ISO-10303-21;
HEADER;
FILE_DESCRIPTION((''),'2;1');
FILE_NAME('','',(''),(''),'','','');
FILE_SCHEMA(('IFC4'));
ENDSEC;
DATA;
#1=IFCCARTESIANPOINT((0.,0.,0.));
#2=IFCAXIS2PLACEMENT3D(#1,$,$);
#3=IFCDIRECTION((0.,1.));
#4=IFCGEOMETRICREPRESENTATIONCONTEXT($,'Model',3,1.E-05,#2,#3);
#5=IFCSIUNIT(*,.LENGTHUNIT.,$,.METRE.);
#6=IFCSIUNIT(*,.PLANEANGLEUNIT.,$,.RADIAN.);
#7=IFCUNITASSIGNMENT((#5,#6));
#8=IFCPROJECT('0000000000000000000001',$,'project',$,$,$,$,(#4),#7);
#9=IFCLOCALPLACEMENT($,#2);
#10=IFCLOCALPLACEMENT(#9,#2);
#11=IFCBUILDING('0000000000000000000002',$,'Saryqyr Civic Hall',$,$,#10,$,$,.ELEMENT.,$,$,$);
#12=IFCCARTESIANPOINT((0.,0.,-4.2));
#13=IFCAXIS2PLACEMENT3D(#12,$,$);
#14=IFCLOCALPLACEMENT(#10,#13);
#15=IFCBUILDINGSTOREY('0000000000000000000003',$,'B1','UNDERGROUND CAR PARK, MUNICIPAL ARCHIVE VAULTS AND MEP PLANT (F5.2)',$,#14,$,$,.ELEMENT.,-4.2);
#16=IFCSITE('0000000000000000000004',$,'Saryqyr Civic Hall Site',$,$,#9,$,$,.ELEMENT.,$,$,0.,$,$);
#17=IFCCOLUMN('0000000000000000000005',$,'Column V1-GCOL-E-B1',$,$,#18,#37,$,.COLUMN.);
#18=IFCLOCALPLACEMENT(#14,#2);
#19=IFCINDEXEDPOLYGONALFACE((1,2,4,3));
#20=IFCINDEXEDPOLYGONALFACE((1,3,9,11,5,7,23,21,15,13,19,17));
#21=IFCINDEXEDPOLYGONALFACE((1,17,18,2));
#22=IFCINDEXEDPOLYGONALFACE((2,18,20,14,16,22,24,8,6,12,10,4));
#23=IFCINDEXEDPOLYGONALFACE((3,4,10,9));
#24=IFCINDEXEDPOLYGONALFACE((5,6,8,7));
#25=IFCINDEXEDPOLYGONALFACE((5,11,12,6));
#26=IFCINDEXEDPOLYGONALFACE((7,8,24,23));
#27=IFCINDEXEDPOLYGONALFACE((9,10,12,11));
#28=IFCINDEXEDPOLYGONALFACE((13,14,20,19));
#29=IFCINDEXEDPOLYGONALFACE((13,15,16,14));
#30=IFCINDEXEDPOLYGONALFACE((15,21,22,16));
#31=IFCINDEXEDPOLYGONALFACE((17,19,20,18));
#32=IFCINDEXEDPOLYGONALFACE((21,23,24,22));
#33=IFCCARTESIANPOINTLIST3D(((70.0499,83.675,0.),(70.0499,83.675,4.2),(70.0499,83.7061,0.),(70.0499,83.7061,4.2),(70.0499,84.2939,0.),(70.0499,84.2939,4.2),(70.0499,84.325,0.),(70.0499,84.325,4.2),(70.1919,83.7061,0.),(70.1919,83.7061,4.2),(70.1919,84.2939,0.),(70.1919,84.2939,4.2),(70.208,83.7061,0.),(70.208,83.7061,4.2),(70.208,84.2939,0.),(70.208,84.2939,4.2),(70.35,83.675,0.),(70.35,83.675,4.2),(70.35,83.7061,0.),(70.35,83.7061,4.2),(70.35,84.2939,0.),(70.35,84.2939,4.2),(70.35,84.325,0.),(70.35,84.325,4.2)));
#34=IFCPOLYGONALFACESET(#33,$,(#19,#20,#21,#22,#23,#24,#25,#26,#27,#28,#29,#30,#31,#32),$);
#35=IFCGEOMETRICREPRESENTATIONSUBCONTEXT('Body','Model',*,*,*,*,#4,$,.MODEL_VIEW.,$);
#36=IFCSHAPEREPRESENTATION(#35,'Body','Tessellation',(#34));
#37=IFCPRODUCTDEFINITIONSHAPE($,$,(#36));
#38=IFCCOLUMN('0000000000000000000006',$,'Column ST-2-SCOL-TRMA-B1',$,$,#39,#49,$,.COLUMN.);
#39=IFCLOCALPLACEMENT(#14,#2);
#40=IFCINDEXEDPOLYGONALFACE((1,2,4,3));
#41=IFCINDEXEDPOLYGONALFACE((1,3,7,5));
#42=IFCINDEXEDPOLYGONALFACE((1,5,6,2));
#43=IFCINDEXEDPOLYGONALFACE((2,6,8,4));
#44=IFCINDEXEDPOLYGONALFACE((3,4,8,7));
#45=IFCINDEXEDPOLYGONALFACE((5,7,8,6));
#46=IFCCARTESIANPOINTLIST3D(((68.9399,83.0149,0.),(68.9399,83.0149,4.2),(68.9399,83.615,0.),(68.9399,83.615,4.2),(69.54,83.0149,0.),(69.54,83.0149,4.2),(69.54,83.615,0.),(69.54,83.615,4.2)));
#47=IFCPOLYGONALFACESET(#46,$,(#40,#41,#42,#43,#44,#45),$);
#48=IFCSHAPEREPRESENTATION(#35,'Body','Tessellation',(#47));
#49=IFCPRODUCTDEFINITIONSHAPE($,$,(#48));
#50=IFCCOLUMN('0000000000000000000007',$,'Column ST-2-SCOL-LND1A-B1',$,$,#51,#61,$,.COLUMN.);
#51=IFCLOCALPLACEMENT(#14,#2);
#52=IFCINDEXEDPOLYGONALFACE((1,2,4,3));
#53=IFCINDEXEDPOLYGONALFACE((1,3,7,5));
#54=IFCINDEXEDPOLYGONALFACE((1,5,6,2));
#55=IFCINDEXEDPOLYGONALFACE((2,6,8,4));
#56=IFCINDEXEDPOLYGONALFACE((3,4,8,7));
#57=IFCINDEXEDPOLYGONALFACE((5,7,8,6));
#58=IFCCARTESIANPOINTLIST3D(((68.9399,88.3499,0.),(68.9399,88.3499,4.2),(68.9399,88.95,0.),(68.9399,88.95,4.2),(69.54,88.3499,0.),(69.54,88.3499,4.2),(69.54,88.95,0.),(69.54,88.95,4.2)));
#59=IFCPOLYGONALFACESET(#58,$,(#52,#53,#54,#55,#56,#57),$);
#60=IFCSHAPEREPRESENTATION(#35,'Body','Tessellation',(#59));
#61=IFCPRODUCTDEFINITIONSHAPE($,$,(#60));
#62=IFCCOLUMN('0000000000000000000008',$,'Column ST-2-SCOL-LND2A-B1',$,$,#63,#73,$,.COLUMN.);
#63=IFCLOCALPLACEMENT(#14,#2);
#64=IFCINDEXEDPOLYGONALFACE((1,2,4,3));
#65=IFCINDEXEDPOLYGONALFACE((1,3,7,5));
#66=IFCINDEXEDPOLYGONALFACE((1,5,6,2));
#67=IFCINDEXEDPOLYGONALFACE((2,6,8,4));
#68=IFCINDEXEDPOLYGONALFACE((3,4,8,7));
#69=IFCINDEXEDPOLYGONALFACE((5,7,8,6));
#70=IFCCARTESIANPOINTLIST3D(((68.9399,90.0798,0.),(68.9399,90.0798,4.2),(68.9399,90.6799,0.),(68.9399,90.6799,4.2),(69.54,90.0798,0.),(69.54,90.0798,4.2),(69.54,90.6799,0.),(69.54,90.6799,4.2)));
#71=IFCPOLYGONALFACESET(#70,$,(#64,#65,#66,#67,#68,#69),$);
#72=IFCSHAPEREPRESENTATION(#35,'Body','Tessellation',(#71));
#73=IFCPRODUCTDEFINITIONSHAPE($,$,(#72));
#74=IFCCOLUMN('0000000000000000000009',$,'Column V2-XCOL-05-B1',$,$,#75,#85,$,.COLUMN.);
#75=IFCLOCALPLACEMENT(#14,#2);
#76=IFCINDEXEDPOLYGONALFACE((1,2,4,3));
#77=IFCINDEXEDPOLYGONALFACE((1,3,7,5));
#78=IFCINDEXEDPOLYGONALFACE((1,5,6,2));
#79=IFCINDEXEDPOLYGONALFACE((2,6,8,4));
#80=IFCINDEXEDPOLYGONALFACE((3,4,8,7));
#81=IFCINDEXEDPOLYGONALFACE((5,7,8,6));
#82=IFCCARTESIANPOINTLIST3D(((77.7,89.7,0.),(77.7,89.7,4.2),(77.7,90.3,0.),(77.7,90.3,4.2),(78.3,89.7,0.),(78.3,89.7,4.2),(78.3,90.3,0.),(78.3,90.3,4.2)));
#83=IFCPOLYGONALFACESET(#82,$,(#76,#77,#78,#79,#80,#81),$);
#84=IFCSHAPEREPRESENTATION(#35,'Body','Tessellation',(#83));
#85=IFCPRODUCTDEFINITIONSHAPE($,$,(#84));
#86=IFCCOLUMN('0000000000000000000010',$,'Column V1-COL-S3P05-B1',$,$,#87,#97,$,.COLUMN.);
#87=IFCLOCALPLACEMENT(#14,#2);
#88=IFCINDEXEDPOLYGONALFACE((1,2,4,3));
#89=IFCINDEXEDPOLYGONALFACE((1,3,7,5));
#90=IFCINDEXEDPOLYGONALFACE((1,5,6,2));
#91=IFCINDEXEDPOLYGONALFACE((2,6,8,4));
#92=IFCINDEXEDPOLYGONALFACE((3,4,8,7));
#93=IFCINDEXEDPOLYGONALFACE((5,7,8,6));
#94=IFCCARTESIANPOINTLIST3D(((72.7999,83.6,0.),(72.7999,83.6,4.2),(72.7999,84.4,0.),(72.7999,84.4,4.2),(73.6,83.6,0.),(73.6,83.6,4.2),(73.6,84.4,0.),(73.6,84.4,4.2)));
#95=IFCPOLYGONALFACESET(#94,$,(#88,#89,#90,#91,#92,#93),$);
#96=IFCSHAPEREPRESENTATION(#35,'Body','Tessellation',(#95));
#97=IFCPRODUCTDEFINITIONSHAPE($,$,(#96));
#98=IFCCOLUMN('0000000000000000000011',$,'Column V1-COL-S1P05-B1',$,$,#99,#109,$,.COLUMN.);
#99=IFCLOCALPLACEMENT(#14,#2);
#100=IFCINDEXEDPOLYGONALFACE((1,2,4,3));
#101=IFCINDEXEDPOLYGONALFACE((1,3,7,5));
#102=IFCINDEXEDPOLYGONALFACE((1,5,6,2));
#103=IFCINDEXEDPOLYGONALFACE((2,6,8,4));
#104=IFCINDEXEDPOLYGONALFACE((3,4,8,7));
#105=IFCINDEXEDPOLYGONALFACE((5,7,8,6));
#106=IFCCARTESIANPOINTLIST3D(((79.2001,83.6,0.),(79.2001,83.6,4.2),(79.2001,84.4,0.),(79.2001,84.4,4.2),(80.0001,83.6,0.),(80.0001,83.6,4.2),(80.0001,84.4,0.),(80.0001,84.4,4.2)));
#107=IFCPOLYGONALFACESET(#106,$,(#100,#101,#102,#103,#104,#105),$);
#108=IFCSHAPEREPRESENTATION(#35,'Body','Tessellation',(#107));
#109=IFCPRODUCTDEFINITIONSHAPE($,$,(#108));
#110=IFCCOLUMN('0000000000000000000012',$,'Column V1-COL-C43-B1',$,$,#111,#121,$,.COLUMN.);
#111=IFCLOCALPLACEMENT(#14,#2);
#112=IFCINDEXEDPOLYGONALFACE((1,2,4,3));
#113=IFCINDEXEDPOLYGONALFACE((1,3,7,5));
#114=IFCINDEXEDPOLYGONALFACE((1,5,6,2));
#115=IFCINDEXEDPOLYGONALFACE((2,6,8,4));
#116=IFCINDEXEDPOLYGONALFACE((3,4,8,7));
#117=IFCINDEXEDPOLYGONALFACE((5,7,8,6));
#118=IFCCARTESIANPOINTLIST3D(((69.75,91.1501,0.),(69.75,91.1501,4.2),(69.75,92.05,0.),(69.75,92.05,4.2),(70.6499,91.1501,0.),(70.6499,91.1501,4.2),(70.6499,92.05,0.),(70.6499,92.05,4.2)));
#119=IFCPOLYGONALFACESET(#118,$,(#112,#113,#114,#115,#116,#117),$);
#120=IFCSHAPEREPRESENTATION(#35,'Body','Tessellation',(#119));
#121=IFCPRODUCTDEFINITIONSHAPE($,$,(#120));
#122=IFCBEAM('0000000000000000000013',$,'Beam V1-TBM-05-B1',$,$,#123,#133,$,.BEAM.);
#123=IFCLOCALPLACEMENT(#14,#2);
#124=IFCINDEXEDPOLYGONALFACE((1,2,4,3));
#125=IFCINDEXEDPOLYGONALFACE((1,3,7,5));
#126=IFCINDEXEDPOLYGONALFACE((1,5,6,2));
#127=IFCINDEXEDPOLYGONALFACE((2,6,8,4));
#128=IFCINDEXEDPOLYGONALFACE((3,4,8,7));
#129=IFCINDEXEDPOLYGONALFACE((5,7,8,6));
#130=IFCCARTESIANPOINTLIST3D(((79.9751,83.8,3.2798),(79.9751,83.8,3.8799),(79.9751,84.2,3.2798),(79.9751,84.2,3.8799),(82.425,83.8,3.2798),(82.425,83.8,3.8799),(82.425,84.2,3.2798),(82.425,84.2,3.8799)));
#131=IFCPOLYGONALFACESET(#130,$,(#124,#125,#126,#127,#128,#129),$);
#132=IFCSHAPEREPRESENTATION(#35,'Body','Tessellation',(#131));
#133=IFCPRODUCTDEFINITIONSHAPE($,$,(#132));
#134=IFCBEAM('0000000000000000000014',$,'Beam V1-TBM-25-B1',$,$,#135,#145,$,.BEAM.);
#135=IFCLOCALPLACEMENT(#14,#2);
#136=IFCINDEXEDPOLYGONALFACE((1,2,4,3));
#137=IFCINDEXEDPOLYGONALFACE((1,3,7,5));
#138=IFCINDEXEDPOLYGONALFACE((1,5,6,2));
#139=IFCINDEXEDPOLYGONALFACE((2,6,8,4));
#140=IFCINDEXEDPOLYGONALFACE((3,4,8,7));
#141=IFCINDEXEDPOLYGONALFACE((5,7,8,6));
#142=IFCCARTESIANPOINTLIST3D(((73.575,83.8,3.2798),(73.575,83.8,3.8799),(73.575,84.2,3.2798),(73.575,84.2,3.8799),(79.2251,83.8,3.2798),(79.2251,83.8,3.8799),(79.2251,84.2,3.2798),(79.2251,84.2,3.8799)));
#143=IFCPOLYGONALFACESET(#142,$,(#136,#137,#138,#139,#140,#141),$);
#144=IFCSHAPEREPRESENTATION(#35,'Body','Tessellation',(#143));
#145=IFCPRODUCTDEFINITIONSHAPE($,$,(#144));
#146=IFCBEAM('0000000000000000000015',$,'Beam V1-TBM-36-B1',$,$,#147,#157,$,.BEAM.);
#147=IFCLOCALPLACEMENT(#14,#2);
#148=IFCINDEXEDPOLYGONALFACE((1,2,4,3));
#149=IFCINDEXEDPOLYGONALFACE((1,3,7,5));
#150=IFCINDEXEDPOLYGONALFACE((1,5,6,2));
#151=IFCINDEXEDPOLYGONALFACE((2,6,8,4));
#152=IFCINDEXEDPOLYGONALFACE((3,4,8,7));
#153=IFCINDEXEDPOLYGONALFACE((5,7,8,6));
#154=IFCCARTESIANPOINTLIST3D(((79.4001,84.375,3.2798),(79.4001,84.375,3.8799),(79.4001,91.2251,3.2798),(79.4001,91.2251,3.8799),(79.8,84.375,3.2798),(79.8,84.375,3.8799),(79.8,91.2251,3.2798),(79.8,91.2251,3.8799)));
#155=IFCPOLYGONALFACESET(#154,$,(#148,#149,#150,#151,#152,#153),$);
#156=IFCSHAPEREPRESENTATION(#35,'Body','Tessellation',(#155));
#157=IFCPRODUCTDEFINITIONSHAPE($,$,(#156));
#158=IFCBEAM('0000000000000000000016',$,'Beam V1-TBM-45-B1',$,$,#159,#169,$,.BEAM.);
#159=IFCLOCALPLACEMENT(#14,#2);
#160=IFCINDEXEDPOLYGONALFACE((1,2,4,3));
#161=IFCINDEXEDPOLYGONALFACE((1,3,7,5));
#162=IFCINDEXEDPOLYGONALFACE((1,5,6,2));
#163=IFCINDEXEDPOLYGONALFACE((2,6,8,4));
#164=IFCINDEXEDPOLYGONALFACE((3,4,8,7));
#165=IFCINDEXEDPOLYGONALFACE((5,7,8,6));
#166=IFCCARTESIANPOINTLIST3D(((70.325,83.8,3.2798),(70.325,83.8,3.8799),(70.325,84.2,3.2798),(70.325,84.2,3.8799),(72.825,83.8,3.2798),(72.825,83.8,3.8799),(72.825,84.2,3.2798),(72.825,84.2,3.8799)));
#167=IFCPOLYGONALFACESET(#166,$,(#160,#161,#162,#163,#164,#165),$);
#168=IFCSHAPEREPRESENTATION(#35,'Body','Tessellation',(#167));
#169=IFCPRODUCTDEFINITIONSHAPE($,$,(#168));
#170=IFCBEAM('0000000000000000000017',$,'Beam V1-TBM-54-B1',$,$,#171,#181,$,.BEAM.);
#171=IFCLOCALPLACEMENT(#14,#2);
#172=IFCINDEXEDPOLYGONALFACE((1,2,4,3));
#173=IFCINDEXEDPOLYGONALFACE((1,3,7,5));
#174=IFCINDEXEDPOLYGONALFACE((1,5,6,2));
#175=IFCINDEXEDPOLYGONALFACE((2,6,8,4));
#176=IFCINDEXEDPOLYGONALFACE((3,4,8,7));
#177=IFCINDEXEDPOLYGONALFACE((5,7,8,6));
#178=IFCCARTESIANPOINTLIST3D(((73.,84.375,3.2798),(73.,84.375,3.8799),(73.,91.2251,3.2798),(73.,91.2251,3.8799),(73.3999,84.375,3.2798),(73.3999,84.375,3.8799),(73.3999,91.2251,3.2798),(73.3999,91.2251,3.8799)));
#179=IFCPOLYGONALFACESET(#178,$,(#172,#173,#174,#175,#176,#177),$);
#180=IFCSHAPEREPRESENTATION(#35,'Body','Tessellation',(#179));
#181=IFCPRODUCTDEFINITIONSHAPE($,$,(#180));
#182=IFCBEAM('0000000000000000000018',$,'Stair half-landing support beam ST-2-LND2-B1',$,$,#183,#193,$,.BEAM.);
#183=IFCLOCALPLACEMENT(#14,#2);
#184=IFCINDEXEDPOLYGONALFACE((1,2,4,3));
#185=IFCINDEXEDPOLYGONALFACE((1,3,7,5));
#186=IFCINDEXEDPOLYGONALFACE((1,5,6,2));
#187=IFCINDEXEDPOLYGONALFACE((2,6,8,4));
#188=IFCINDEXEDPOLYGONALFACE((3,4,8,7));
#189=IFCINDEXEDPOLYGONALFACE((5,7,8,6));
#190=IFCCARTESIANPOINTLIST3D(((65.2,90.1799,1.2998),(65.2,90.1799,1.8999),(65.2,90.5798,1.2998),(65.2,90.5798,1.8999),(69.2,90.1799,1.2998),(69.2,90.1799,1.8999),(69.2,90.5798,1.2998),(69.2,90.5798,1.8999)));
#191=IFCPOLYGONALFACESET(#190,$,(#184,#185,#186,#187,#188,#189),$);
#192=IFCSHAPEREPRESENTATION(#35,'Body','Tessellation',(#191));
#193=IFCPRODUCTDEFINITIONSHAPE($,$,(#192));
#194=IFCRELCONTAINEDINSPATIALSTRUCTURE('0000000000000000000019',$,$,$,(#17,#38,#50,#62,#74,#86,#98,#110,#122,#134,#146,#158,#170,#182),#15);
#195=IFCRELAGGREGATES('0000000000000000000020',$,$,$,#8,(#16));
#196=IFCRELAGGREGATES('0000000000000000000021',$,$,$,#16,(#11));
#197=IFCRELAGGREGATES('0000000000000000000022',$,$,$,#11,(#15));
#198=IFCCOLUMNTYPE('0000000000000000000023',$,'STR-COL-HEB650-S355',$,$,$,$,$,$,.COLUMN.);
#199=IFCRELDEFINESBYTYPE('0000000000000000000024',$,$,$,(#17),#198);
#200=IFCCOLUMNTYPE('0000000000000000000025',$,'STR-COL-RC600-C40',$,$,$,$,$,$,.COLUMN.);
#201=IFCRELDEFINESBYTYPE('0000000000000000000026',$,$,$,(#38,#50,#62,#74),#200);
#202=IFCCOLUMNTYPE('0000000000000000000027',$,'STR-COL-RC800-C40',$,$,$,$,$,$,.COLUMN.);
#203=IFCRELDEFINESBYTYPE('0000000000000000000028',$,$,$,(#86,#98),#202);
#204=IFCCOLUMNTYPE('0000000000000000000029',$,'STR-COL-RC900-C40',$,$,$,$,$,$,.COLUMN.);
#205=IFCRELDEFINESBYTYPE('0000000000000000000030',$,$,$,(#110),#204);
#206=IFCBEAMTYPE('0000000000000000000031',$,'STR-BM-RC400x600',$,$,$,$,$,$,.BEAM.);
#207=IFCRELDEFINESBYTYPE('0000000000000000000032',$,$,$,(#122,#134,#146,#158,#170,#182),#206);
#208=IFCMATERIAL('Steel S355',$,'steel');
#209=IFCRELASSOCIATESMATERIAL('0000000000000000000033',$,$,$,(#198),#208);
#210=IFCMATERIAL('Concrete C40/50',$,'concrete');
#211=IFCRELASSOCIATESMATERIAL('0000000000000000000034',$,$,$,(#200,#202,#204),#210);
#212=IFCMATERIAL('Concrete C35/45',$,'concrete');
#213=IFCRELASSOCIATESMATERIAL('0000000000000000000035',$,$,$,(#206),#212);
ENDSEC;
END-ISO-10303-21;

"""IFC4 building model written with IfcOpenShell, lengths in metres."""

from ifc_helpers import new_model, si_unit, direction, frame, origin, origin_2d, place, context, subcontext, project, spatial, rectangle, i_section, extrude, material, material_profile, profile_set, type_object, element, save


model = new_model("IFC4")

# Units and contexts
model_context = context("Model", 3, precision=1e-05, world=origin(), true_north=direction((0.0, 1.0)))
body_context = subcontext(model_context, "Body", "Model", "MODEL_VIEW")
ifc_project = project(units=[si_unit("LENGTHUNIT", "METRE"), si_unit("PLANEANGLEUNIT", "RADIAN")], contexts=[model_context])

# Site, building, storey
site_placement = place(None, origin())
site = spatial("IfcSite", under=ifc_project, at=site_placement, Name="Saryqyr Civic Hall Site", CompositionType="ELEMENT", RefElevation=0.0)
building_placement = place(site_placement, origin())
building = spatial("IfcBuilding", under=site, at=building_placement, Name="Saryqyr Civic Hall", CompositionType="ELEMENT")
storey_placement = place(building_placement, frame((0.0, 0.0, -4.2)))
storey = spatial("IfcBuildingStorey", under=building, at=storey_placement, Name="B1", Description="UNDERGROUND CAR PARK, MUNICIPAL ARCHIVE VAULTS AND MEP PLANT (F5.2)", CompositionType="ELEMENT", Elevation=-4.2)

# Shared definitions
ifc_material_1 = material(Name="Concrete C35/45", Category="concrete")

# Columns
ifc_material_2 = material(Name="Steel S355", Category="steel")
ifc_material_profile_1 = material_profile(ifc_material_2, i_section(OverallWidth=0.3, OverallDepth=0.6499, WebThickness=0.0161, FlangeThickness=0.031, at=origin_2d()), Name="HEB 650")
ifc_profile_set_1 = profile_set([ifc_material_profile_1], Name="Steel S355")
column_type_1 = type_object("IfcColumnType", Name="STR-COL-HEB650-S355", PredefinedType="COLUMN", material=ifc_profile_set_1)
column_1_placement = place(storey_placement, frame((70.2, 84.0, 0.0), z_axis=(0.0, 0.0, 1.0), x_axis=(1.0, 0.0, 0.0)))
element("IfcColumn", 1, at=column_1_placement, inside=storey, type_object=column_type_1, Name="Column V1-GCOL-E-B1", PredefinedType="COLUMN", context=body_context, shape_type="SweptSolid", body=[
    extrude(i_section(OverallWidth=0.3, OverallDepth=0.6499, WebThickness=0.0161, FlangeThickness=0.031, at=origin_2d()), origin(), (0.0, 0.0, 1.0), 4.2),
])
ifc_material_3 = material(Name="Concrete C40/50", Category="concrete")
ifc_material_profile_2 = material_profile(ifc_material_3, rectangle(XDim=0.6001, YDim=0.6001, at=origin_2d()), Name="RC 600x600")
ifc_profile_set_2 = profile_set([ifc_material_profile_2], Name="Concrete C40/50")
column_type_2 = type_object("IfcColumnType", Name="STR-COL-RC600-C40", PredefinedType="COLUMN", material=ifc_profile_set_2)
for number, where, z_axis, x_axis, name in (
    (2, (69.24, 83.3149, 0.0), (0.0, 0.0, 1.0), (1.0, 0.0, 0.0), "Column ST-2-SCOL-TRMA-B1"),
    (3, (69.24, 88.6499, 0.0), (0.0, 0.0, 1.0), (1.0, 0.0, 0.0), "Column ST-2-SCOL-LND1A-B1"),
    (4, (69.24, 90.3799, 0.0), (0.0, 0.0, 1.0), (1.0, 0.0, 0.0), "Column ST-2-SCOL-LND2A-B1"),
    (5, (78.0, 90.0, 0.0), (0.0, 0.0, 1.0), (1.0, 0.0, 0.0), "Column V2-XCOL-05-B1"),
):
    element("IfcColumn", number, at=place(storey_placement, frame(where, z_axis=z_axis, x_axis=x_axis)), inside=storey, type_object=column_type_2, Name=name, PredefinedType="COLUMN", context=body_context, shape_type="SweptSolid", body=[
        extrude(rectangle(XDim=0.6001, YDim=0.6001, at=origin_2d()), origin(), (0.0, 0.0, 1.0), 4.2),
    ])
ifc_material_profile_3 = material_profile(ifc_material_3, rectangle(XDim=0.8, YDim=0.8, at=origin_2d()), Name="RC 800x800")
ifc_profile_set_3 = profile_set([ifc_material_profile_3], Name="Concrete C40/50")
column_type_3 = type_object("IfcColumnType", Name="STR-COL-RC800-C40", PredefinedType="COLUMN", material=ifc_profile_set_3)
for number, where, z_axis, x_axis, name in (
    (6, (73.2, 84.0, 0.0), (0.0, 0.0, 1.0), (1.0, 0.0, 0.0), "Column V1-COL-S3P05-B1"),
    (7, (79.6001, 84.0, 0.0), (0.0, 0.0, 1.0), (1.0, 0.0, 0.0), "Column V1-COL-S1P05-B1"),
):
    element("IfcColumn", number, at=place(storey_placement, frame(where, z_axis=z_axis, x_axis=x_axis)), inside=storey, type_object=column_type_3, Name=name, PredefinedType="COLUMN", context=body_context, shape_type="SweptSolid", body=[
        extrude(rectangle(XDim=0.8, YDim=0.8, at=origin_2d()), origin(), (0.0, 0.0, 1.0), 4.2),
    ])
ifc_material_profile_4 = material_profile(ifc_material_3, rectangle(XDim=0.8999, YDim=0.8999, at=origin_2d()), Name="RC 900x900")
ifc_profile_set_4 = profile_set([ifc_material_profile_4], Name="Concrete C40/50")
column_type_4 = type_object("IfcColumnType", Name="STR-COL-RC900-C40", PredefinedType="COLUMN", material=ifc_profile_set_4)
column_2_placement = place(storey_placement, frame((70.2, 91.6001, 0.0), z_axis=(0.0, 0.0, 1.0), x_axis=(1.0, 0.0, 0.0)))
element("IfcColumn", 8, at=column_2_placement, inside=storey, type_object=column_type_4, Name="Column V1-COL-C43-B1", PredefinedType="COLUMN", context=body_context, shape_type="SweptSolid", body=[
    extrude(rectangle(XDim=0.8999, YDim=0.8999, at=origin_2d()), origin(), (0.0, 0.0, 1.0), 4.2),
])

# Beams
ifc_material_profile_5 = material_profile(ifc_material_1, rectangle(XDim=0.3999, YDim=0.6001, at=origin_2d()), Name="RC 400x600")
ifc_profile_set_5 = profile_set([ifc_material_profile_5], Name="Concrete C35/45")
beam_type_1 = type_object("IfcBeamType", Name="STR-BM-RC400x600", PredefinedType="BEAM", material=ifc_profile_set_5)
beam_1_placement = place(storey_placement, frame((79.9751, 84.0, 3.5798), z_axis=(1.0, 0.0, 0.0), x_axis=(0.0, 1.0, 0.0)))
element("IfcBeam", 9, at=beam_1_placement, inside=storey, type_object=beam_type_1, Name="Beam V1-TBM-05-B1", PredefinedType="BEAM", context=body_context, shape_type="SweptSolid", body=[
    extrude(rectangle(XDim=0.3999, YDim=0.6001, at=origin_2d()), origin(), (0.0, 0.0, 1.0), 2.45),
])
beam_2_placement = place(storey_placement, frame((73.575, 84.0, 3.5798), z_axis=(1.0, 0.0, 0.0), x_axis=(0.0, 1.0, 0.0)))
element("IfcBeam", 10, at=beam_2_placement, inside=storey, type_object=beam_type_1, Name="Beam V1-TBM-25-B1", PredefinedType="BEAM", context=body_context, shape_type="SweptSolid", body=[
    extrude(rectangle(XDim=0.3999, YDim=0.6001, at=origin_2d()), origin(), (0.0, 0.0, 1.0), 5.6501),
])
beam_3_placement = place(storey_placement, frame((79.6001, 84.375, 3.5798), z_axis=(0.0, 1.0, 0.0), x_axis=(-1.0, 0.0, 0.0)))
element("IfcBeam", 11, at=beam_3_placement, inside=storey, type_object=beam_type_1, Name="Beam V1-TBM-36-B1", PredefinedType="BEAM", context=body_context, shape_type="SweptSolid", body=[
    extrude(rectangle(XDim=0.3999, YDim=0.6001, at=origin_2d()), origin(), (0.0, 0.0, 1.0), 6.8501),
])
beam_4_placement = place(storey_placement, frame((70.325, 84.0, 3.5798), z_axis=(1.0, 0.0, 0.0), x_axis=(0.0, 1.0, 0.0)))
element("IfcBeam", 12, at=beam_4_placement, inside=storey, type_object=beam_type_1, Name="Beam V1-TBM-45-B1", PredefinedType="BEAM", context=body_context, shape_type="SweptSolid", body=[
    extrude(rectangle(XDim=0.3999, YDim=0.6001, at=origin_2d()), origin(), (0.0, 0.0, 1.0), 2.5),
])
beam_5_placement = place(storey_placement, frame((73.2, 84.375, 3.5798), z_axis=(0.0, 1.0, 0.0), x_axis=(-1.0, 0.0, 0.0)))
element("IfcBeam", 13, at=beam_5_placement, inside=storey, type_object=beam_type_1, Name="Beam V1-TBM-54-B1", PredefinedType="BEAM", context=body_context, shape_type="SweptSolid", body=[
    extrude(rectangle(XDim=0.3999, YDim=0.6001, at=origin_2d()), origin(), (0.0, 0.0, 1.0), 6.8501),
])
beam_6_placement = place(storey_placement, frame((69.2, 90.3799, 1.5999), z_axis=(-1.0, 0.0, 0.0), x_axis=(0.0, -1.0, 0.0)))
element("IfcBeam", 14, at=beam_6_placement, inside=storey, type_object=beam_type_1, Name="Stair half-landing support beam ST-2-LND2-B1", PredefinedType="BEAM", context=body_context, shape_type="SweptSolid", body=[
    extrude(rectangle(XDim=0.3999, YDim=0.6001, at=origin_2d()), origin(), (0.0, 0.0, 1.0), 4.0),
])

save(model, "model.ifc")
